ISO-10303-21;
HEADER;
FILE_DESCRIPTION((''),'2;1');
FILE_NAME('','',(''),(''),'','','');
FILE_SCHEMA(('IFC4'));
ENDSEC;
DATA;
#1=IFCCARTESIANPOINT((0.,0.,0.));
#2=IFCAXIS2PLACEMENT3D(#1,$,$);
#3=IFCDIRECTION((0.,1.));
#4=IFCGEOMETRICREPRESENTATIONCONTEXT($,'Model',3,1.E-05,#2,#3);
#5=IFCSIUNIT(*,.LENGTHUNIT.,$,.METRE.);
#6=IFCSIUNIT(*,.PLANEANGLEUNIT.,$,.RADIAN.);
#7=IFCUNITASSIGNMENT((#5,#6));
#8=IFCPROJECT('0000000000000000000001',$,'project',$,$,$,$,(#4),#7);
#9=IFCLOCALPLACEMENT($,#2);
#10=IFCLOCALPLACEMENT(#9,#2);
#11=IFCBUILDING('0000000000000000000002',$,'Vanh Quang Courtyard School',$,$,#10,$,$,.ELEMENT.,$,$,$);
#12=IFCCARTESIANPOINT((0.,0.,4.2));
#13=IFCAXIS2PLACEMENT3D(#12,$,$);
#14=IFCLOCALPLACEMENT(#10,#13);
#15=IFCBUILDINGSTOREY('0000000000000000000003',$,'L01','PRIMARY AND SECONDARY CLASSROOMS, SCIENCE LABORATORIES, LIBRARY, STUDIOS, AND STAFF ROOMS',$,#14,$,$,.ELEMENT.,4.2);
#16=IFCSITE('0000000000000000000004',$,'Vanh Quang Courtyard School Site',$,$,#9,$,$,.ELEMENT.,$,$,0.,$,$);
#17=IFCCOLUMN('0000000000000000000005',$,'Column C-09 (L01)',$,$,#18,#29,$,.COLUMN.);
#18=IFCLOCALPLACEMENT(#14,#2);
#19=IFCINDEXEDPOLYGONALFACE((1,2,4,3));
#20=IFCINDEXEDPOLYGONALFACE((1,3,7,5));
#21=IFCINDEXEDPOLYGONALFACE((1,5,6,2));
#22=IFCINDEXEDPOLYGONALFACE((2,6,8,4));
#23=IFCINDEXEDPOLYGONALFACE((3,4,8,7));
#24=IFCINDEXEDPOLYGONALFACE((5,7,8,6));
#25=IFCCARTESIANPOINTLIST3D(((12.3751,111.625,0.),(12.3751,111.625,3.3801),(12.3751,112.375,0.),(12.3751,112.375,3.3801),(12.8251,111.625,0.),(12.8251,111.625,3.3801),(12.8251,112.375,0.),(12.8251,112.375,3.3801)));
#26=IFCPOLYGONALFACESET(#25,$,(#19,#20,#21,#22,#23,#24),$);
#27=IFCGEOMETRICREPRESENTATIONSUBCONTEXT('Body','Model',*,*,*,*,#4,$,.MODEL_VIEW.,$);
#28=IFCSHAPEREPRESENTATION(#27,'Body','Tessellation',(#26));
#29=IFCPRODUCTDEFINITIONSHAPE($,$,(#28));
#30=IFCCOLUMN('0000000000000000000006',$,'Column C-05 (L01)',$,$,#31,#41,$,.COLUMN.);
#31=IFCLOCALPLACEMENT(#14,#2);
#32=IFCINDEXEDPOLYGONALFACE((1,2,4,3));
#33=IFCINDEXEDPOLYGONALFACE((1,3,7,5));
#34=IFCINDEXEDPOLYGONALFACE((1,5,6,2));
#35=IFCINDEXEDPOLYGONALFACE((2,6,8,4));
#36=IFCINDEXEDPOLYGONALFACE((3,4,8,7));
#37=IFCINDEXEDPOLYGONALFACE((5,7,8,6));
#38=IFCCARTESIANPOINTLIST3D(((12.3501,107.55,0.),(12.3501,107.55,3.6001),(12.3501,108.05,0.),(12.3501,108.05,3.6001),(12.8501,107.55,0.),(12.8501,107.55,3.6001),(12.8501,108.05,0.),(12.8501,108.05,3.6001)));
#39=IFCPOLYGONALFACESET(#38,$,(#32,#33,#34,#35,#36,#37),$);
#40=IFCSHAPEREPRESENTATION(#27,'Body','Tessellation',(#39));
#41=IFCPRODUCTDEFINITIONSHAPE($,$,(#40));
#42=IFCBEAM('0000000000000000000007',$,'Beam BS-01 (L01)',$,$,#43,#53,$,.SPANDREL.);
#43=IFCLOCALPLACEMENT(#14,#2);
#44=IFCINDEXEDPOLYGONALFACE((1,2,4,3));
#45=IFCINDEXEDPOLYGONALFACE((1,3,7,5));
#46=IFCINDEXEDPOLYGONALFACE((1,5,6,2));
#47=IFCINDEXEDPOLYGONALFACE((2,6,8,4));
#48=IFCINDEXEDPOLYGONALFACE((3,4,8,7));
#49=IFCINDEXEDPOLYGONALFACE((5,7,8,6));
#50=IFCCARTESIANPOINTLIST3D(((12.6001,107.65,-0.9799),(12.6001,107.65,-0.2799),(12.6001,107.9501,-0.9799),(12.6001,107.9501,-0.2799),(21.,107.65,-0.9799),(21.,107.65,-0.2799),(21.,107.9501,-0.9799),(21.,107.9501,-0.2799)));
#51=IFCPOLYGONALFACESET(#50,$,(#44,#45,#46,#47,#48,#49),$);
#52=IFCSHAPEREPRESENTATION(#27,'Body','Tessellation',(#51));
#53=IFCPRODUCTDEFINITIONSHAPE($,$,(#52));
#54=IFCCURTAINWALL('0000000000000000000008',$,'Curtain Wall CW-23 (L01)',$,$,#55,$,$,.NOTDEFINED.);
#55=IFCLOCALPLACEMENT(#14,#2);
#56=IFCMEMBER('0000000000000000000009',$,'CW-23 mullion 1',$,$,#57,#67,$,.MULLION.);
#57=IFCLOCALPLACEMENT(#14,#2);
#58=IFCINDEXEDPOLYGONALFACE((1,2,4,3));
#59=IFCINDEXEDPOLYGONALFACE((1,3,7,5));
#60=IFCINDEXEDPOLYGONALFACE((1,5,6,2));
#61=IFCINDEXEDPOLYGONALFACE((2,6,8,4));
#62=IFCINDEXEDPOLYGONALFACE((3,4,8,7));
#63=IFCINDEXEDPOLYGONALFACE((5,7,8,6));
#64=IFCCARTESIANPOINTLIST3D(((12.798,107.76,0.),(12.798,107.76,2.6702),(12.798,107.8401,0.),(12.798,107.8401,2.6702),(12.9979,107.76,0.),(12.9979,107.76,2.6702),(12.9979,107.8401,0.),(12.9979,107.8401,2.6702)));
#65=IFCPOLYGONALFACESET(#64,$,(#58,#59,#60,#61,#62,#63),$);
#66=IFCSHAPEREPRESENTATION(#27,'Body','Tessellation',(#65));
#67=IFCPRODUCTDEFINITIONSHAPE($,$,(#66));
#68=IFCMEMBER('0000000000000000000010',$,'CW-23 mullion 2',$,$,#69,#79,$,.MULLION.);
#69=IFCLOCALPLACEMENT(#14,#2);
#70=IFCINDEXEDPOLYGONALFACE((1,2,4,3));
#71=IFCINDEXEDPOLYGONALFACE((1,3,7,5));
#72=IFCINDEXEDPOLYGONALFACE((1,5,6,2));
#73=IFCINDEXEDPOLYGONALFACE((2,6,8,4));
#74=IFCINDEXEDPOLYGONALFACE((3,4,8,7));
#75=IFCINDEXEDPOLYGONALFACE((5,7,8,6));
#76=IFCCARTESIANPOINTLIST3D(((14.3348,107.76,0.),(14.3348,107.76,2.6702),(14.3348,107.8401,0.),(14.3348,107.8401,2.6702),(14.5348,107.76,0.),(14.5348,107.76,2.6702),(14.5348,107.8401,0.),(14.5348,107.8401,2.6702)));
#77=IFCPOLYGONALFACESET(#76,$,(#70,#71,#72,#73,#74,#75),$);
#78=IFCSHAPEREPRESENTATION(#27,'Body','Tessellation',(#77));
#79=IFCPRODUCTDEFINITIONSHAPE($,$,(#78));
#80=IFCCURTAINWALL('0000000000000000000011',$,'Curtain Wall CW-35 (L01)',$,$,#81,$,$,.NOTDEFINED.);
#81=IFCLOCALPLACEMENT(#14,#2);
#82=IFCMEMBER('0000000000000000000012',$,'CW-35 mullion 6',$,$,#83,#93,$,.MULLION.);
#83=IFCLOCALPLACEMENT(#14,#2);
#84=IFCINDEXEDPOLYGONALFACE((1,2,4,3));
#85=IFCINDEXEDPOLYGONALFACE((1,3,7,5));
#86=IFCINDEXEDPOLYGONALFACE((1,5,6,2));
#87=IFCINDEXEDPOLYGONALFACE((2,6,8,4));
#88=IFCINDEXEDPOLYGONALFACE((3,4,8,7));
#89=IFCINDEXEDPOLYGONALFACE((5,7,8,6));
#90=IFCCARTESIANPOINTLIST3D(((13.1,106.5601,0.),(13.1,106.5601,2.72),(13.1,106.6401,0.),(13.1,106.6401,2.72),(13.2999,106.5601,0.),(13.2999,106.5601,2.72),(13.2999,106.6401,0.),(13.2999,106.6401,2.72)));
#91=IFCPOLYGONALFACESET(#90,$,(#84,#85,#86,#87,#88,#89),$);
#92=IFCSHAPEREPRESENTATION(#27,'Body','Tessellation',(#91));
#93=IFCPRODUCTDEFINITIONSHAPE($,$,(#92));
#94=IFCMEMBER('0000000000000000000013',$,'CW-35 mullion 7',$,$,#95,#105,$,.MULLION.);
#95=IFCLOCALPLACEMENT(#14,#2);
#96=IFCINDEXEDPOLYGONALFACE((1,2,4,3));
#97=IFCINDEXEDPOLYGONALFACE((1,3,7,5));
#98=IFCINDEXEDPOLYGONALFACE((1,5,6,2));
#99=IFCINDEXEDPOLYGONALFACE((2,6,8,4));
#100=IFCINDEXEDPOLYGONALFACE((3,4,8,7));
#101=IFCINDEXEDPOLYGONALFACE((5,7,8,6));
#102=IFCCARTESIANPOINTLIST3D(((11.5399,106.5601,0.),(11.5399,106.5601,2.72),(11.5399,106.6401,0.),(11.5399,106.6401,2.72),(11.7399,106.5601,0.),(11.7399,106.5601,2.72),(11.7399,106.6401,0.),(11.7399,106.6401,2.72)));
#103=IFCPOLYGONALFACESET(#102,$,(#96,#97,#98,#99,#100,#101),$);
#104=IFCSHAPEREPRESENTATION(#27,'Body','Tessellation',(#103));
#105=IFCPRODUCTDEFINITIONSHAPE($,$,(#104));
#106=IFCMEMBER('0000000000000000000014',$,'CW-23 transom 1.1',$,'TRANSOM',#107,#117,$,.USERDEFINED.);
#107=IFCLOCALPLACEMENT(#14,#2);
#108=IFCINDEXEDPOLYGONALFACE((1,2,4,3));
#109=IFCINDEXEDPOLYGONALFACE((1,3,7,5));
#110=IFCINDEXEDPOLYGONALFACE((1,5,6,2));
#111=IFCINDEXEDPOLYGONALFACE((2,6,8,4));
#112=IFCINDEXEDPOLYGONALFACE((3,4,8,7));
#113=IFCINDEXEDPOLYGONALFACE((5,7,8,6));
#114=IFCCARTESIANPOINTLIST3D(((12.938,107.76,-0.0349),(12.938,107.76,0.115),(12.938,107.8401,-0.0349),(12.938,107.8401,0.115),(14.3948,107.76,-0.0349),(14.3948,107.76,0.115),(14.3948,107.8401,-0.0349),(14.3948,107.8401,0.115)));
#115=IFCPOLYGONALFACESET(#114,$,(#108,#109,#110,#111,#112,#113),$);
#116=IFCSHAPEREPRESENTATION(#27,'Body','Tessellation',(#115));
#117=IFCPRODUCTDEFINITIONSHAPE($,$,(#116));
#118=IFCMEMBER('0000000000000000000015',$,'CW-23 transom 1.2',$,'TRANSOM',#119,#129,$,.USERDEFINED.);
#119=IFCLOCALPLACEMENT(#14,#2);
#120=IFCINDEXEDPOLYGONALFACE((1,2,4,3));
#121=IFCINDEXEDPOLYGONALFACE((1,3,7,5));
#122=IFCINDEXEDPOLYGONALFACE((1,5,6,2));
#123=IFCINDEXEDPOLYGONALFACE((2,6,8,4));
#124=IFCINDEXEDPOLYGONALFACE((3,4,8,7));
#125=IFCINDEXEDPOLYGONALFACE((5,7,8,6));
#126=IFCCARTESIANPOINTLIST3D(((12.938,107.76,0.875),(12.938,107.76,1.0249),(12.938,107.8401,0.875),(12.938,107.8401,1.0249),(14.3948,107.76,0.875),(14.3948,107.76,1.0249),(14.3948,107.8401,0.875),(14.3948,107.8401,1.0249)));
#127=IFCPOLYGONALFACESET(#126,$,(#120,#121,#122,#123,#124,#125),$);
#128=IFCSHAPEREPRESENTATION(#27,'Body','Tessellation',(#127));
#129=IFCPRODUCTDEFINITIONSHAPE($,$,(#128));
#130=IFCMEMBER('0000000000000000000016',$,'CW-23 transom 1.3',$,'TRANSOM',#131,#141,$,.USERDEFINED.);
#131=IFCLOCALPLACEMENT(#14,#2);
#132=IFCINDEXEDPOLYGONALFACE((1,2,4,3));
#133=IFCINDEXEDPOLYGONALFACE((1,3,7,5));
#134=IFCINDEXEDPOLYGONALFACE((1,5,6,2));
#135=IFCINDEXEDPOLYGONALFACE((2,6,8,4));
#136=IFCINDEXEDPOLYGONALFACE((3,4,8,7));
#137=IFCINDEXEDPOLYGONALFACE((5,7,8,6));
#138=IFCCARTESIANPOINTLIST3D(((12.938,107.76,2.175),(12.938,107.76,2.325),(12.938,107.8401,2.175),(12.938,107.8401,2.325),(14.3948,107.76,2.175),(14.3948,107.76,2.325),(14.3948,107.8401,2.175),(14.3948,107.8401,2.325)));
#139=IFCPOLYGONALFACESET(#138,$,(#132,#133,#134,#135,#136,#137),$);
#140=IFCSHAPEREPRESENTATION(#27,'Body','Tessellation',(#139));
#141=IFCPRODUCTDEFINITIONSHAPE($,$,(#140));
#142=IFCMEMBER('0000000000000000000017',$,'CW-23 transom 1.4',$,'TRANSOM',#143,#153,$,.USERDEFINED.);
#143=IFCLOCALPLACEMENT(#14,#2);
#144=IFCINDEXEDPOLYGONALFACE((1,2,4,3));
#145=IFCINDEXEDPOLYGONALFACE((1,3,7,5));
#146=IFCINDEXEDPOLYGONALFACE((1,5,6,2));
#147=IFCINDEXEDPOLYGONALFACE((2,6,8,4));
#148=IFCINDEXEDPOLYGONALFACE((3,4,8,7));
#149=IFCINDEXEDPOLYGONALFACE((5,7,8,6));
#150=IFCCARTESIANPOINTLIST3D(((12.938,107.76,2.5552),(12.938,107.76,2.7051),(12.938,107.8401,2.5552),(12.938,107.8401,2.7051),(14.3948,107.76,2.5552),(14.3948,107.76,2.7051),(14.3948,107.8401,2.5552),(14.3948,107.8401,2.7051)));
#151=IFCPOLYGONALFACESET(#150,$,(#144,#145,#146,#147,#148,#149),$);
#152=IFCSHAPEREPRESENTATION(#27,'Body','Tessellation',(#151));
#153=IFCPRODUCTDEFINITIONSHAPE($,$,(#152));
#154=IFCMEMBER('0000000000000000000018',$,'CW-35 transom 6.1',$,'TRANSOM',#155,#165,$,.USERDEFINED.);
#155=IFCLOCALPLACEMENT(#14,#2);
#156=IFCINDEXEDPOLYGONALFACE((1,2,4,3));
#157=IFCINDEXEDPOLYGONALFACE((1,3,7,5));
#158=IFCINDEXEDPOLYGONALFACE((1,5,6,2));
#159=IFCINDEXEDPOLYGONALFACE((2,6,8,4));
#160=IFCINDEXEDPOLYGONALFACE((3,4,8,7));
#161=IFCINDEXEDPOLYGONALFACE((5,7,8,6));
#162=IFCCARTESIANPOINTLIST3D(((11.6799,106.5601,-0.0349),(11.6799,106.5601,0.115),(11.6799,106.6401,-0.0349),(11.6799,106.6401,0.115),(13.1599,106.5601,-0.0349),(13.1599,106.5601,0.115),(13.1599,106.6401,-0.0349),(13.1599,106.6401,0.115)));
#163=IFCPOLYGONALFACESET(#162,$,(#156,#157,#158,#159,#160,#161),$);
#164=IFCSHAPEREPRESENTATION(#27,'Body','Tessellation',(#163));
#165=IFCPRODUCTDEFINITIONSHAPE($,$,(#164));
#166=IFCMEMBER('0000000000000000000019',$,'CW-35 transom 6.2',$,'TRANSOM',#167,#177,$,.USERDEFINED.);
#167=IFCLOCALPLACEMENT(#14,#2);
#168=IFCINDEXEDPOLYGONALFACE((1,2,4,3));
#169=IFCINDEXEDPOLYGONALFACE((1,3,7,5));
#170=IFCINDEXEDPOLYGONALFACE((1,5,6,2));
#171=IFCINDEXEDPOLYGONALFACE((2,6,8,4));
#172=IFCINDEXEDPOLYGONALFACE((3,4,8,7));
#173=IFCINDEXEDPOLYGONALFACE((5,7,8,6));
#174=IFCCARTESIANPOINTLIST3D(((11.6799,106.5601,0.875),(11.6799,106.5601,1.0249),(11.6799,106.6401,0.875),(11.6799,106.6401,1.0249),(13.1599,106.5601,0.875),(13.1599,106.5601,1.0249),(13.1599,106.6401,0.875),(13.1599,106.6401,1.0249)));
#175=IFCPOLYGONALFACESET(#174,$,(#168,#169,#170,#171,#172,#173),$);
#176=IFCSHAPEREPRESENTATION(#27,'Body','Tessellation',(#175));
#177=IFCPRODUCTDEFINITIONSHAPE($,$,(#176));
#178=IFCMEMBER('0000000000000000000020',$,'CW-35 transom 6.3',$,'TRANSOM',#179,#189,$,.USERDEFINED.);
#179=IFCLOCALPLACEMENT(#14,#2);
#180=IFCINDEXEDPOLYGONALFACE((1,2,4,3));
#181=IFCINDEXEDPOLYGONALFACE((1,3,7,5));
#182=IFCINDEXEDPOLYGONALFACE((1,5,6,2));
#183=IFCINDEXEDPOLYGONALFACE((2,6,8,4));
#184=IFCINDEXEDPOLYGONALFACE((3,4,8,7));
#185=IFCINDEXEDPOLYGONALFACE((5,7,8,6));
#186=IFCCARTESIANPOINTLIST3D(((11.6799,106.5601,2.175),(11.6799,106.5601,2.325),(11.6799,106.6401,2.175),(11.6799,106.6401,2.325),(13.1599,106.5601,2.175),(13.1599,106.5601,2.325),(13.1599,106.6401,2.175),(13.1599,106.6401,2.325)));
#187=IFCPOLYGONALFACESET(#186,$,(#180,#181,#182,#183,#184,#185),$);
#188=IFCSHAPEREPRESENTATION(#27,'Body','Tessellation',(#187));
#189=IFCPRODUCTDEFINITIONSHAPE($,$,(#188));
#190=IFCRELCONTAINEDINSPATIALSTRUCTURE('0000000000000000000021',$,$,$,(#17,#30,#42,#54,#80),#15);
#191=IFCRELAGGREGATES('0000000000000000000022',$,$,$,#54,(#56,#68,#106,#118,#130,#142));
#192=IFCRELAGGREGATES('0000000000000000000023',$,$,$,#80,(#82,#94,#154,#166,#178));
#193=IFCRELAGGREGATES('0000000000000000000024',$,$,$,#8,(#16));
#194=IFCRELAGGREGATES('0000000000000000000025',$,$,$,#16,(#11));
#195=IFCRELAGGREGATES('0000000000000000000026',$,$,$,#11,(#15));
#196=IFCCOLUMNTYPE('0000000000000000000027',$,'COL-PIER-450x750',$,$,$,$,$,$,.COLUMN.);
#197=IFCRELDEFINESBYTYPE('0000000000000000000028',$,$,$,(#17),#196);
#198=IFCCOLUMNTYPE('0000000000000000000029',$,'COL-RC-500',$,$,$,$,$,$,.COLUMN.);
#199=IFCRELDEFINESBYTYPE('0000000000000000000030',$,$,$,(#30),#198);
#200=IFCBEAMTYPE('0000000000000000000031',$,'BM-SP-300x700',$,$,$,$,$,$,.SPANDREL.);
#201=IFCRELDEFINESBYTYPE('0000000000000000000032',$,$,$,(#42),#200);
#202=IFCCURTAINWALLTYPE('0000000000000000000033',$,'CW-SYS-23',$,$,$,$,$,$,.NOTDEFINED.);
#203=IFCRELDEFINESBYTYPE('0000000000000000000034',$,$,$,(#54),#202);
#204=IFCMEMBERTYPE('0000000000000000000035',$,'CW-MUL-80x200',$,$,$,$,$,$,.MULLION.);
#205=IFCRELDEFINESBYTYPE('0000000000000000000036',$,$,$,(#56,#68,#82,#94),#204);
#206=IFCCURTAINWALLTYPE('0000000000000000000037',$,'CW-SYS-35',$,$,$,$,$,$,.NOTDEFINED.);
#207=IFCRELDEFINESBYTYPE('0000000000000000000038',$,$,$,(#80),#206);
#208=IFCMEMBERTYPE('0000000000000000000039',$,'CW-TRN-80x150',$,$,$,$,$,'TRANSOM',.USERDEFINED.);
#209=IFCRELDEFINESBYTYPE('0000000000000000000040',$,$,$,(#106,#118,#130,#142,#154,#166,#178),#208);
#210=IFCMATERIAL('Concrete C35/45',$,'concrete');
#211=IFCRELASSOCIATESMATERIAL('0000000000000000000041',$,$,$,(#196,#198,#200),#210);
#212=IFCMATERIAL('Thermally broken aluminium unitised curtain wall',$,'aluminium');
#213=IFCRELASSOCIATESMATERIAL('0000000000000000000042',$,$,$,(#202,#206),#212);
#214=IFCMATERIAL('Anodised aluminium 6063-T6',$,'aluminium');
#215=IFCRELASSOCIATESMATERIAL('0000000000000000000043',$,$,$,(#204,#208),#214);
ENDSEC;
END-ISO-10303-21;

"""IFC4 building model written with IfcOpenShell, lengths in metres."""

from ifc_helpers import new_model, si_unit, direction, frame, origin, origin_2d, place, context, subcontext, project, spatial, rectangle, extrude, material, material_profile, profile_set, type_object, element, aggregate, save


model = new_model("IFC4")

# Units and contexts
model_context = context("Model", 3, precision=1e-05, world=origin(), true_north=direction((0.0, 1.0)))
body_context = subcontext(model_context, "Body", "Model", "MODEL_VIEW")
ifc_project = project(units=[si_unit("LENGTHUNIT", "METRE"), si_unit("PLANEANGLEUNIT", "RADIAN")], contexts=[model_context])

# Site, building, storey
site_placement = place(None, origin())
site = spatial("IfcSite", under=ifc_project, at=site_placement, Name="Vanh Quang Courtyard School Site", CompositionType="ELEMENT", RefElevation=0.0)
building_placement = place(site_placement, origin())
building = spatial("IfcBuilding", under=site, at=building_placement, Name="Vanh Quang Courtyard School", CompositionType="ELEMENT")
storey_placement = place(building_placement, frame((0.0, 0.0, 4.2)))
storey = spatial("IfcBuildingStorey", under=building, at=storey_placement, Name="L01", Description="PRIMARY AND SECONDARY CLASSROOMS, SCIENCE LABORATORIES, LIBRARY, STUDIOS, AND STAFF ROOMS", CompositionType="ELEMENT", Elevation=4.2)

# Columns
ifc_material_1 = material(Name="Concrete C35/45", Category="concrete")
ifc_material_profile_1 = material_profile(ifc_material_1, rectangle(XDim=0.45, YDim=0.75, at=origin_2d()), Name="RC-PIER 450x750")
ifc_profile_set_1 = profile_set([ifc_material_profile_1], Name="Concrete C35/45")
column_type_1 = type_object("IfcColumnType", Name="COL-PIER-450x750", PredefinedType="COLUMN", material=ifc_profile_set_1)
column_1_placement = place(storey_placement, frame((12.6001, 112.0, 0.0), z_axis=(0.0, 0.0, 1.0), x_axis=(1.0, 0.0, 0.0)))
element("IfcColumn", 1, at=column_1_placement, inside=storey, type_object=column_type_1, Name="Column C-09 (L01)", PredefinedType="COLUMN", context=body_context, shape_type="SweptSolid", body=[
    extrude(rectangle(XDim=0.45, YDim=0.75, at=origin_2d()), origin(), (0.0, 0.0, 1.0), 3.3801),
])
ifc_material_profile_2 = material_profile(ifc_material_1, rectangle(XDim=0.5, YDim=0.5, at=origin_2d()), Name="RC-COL 500x500")
ifc_profile_set_2 = profile_set([ifc_material_profile_2], Name="Concrete C35/45")
column_type_2 = type_object("IfcColumnType", Name="COL-RC-500", PredefinedType="COLUMN", material=ifc_profile_set_2)
column_2_placement = place(storey_placement, frame((12.6001, 107.8, 0.0), z_axis=(0.0, 0.0, 1.0), x_axis=(1.0, 0.0, 0.0)))
element("IfcColumn", 2, at=column_2_placement, inside=storey, type_object=column_type_2, Name="Column C-05 (L01)", PredefinedType="COLUMN", context=body_context, shape_type="SweptSolid", body=[
    extrude(rectangle(XDim=0.5, YDim=0.5, at=origin_2d()), origin(), (0.0, 0.0, 1.0), 3.6001),
])

# Beam
ifc_material_profile_3 = material_profile(ifc_material_1, rectangle(XDim=0.3, YDim=0.7, at=origin_2d()), Name="RC-SP 300x700")
ifc_profile_set_3 = profile_set([ifc_material_profile_3], Name="Concrete C35/45")
beam_type = type_object("IfcBeamType", Name="BM-SP-300x700", PredefinedType="SPANDREL", material=ifc_profile_set_3)
beam_placement = place(storey_placement, frame((12.6001, 107.8, -0.6299), z_axis=(1.0, 0.0, 0.0), x_axis=(0.0, 1.0, 0.0)))
element("IfcBeam", 3, at=beam_placement, inside=storey, type_object=beam_type, Name="Beam BS-01 (L01)", PredefinedType="SPANDREL", context=body_context, shape_type="SweptSolid", body=[
    extrude(rectangle(XDim=0.3, YDim=0.7, at=origin_2d()), origin(), (0.0, 0.0, 1.0), 8.3999),
])

# Curtain walls, members
ifc_material_2 = material(Name="Thermally broken aluminium unitised curtain wall", Category="aluminium")
curtain_wall_type_1 = type_object("IfcCurtainWallType", Name="CW-SYS-23", PredefinedType="NOTDEFINED", material=ifc_material_2)
curtain_wall_1_placement = place(storey_placement, origin())
curtain_wall_1 = element("IfcCurtainWall", 4, at=curtain_wall_1_placement, inside=storey, type_object=curtain_wall_type_1, Name="Curtain Wall CW-23 (L01)", PredefinedType="NOTDEFINED")
ifc_material_3 = material(Name="Anodised aluminium 6063-T6", Category="aluminium")
ifc_material_profile_4 = material_profile(ifc_material_3, rectangle(XDim=0.0801, YDim=0.2, at=origin_2d()), Name="ALU-MUL 80x200")
ifc_profile_set_4 = profile_set([ifc_material_profile_4], Name="Anodised aluminium 6063-T6")
member_type_1 = type_object("IfcMemberType", Name="CW-MUL-80x200", PredefinedType="MULLION", material=ifc_profile_set_4)
member_1_placement = place(storey_placement, frame((12.8979, 107.8, 0.0), z_axis=(0.0, 0.0, 1.0), x_axis=(0.0, 1.0, 0.0)))
member_1 = element("IfcMember", 5, at=member_1_placement, type_object=member_type_1, Name="CW-23 mullion 1", PredefinedType="MULLION", context=body_context, shape_type="SweptSolid", body=[
    extrude(rectangle(XDim=0.0801, YDim=0.2, at=origin_2d()), origin(), (0.0, 0.0, 1.0), 2.6702),
])
member_2_placement = place(storey_placement, frame((14.4348, 107.8, 0.0), z_axis=(0.0, 0.0, 1.0), x_axis=(0.0, 1.0, 0.0)))
member_2 = element("IfcMember", 6, at=member_2_placement, type_object=member_type_1, Name="CW-23 mullion 2", PredefinedType="MULLION", context=body_context, shape_type="SweptSolid", body=[
    extrude(rectangle(XDim=0.0801, YDim=0.2, at=origin_2d()), origin(), (0.0, 0.0, 1.0), 2.6702),
])
curtain_wall_type_2 = type_object("IfcCurtainWallType", Name="CW-SYS-35", PredefinedType="NOTDEFINED", material=ifc_material_2)
curtain_wall_2_placement = place(storey_placement, origin())
curtain_wall_2 = element("IfcCurtainWall", 7, at=curtain_wall_2_placement, inside=storey, type_object=curtain_wall_type_2, Name="Curtain Wall CW-35 (L01)", PredefinedType="NOTDEFINED")
member_3_placement = place(storey_placement, frame((13.2, 106.6001, 0.0), z_axis=(0.0, 0.0, 1.0), x_axis=(0.0, -1.0, 0.0)))
member_3 = element("IfcMember", 8, at=member_3_placement, type_object=member_type_1, Name="CW-35 mullion 6", PredefinedType="MULLION", context=body_context, shape_type="SweptSolid", body=[
    extrude(rectangle(XDim=0.0801, YDim=0.2, at=origin_2d()), origin(), (0.0, 0.0, 1.0), 2.72),
])
member_4_placement = place(storey_placement, frame((11.6399, 106.6001, 0.0), z_axis=(0.0, 0.0, 1.0), x_axis=(0.0, -1.0, 0.0)))
member_4 = element("IfcMember", 9, at=member_4_placement, type_object=member_type_1, Name="CW-35 mullion 7", PredefinedType="MULLION", context=body_context, shape_type="SweptSolid", body=[
    extrude(rectangle(XDim=0.0801, YDim=0.2, at=origin_2d()), origin(), (0.0, 0.0, 1.0), 2.72),
])

# Members
ifc_material_profile_5 = material_profile(ifc_material_3, rectangle(XDim=0.0801, YDim=0.1499, at=origin_2d()), Name="ALU-TRN 80x150")
ifc_profile_set_5 = profile_set([ifc_material_profile_5], Name="Anodised aluminium 6063-T6")
member_type_2 = type_object("IfcMemberType", Name="CW-TRN-80x150", ElementType="TRANSOM", PredefinedType="USERDEFINED", material=ifc_profile_set_5)
member_5_placement = place(storey_placement, frame((12.938, 107.8, 0.04), z_axis=(1.0, 0.0, 0.0), x_axis=(0.0, 1.0, 0.0)))
member_5 = element("IfcMember", 10, at=member_5_placement, type_object=member_type_2, Name="CW-23 transom 1.1", ObjectType="TRANSOM", PredefinedType="USERDEFINED", context=body_context, shape_type="SweptSolid", body=[
    extrude(rectangle(XDim=0.0801, YDim=0.1499, at=origin_2d()), origin(), (0.0, 0.0, 1.0), 1.4568),
])
member_6_placement = place(storey_placement, frame((12.938, 107.8, 0.95), z_axis=(1.0, 0.0, 0.0), x_axis=(0.0, 1.0, 0.0)))
member_6 = element("IfcMember", 11, at=member_6_placement, type_object=member_type_2, Name="CW-23 transom 1.2", ObjectType="TRANSOM", PredefinedType="USERDEFINED", context=body_context, shape_type="SweptSolid", body=[
    extrude(rectangle(XDim=0.0801, YDim=0.1499, at=origin_2d()), origin(), (0.0, 0.0, 1.0), 1.4568),
])
member_7_placement = place(storey_placement, frame((12.938, 107.8, 2.25), z_axis=(1.0, 0.0, 0.0), x_axis=(0.0, 1.0, 0.0)))
member_7 = element("IfcMember", 12, at=member_7_placement, type_object=member_type_2, Name="CW-23 transom 1.3", ObjectType="TRANSOM", PredefinedType="USERDEFINED", context=body_context, shape_type="SweptSolid", body=[
    extrude(rectangle(XDim=0.0801, YDim=0.1499, at=origin_2d()), origin(), (0.0, 0.0, 1.0), 1.4568),
])
member_8_placement = place(storey_placement, frame((12.938, 107.8, 2.6301), z_axis=(1.0, 0.0, 0.0), x_axis=(0.0, 1.0, 0.0)))
member_8 = element("IfcMember", 13, at=member_8_placement, type_object=member_type_2, Name="CW-23 transom 1.4", ObjectType="TRANSOM", PredefinedType="USERDEFINED", context=body_context, shape_type="SweptSolid", body=[
    extrude(rectangle(XDim=0.0801, YDim=0.1499, at=origin_2d()), origin(), (0.0, 0.0, 1.0), 1.4568),
])
member_9_placement = place(storey_placement, frame((13.1599, 106.6001, 0.04), z_axis=(-1.0, 0.0, 0.0), x_axis=(0.0, -1.0, 0.0)))
member_9 = element("IfcMember", 14, at=member_9_placement, type_object=member_type_2, Name="CW-35 transom 6.1", ObjectType="TRANSOM", PredefinedType="USERDEFINED", context=body_context, shape_type="SweptSolid", body=[
    extrude(rectangle(XDim=0.0801, YDim=0.1499, at=origin_2d()), origin(), (0.0, 0.0, 1.0), 1.48),
])
member_10_placement = place(storey_placement, frame((13.1599, 106.6001, 0.95), z_axis=(-1.0, 0.0, 0.0), x_axis=(0.0, -1.0, 0.0)))
member_10 = element("IfcMember", 15, at=member_10_placement, type_object=member_type_2, Name="CW-35 transom 6.2", ObjectType="TRANSOM", PredefinedType="USERDEFINED", context=body_context, shape_type="SweptSolid", body=[
    extrude(rectangle(XDim=0.0801, YDim=0.1499, at=origin_2d()), origin(), (0.0, 0.0, 1.0), 1.48),
])
member_11_placement = place(storey_placement, frame((13.1599, 106.6001, 2.25), z_axis=(-1.0, 0.0, 0.0), x_axis=(0.0, -1.0, 0.0)))
member_11 = element("IfcMember", 16, at=member_11_placement, type_object=member_type_2, Name="CW-35 transom 6.3", ObjectType="TRANSOM", PredefinedType="USERDEFINED", context=body_context, shape_type="SweptSolid", body=[
    extrude(rectangle(XDim=0.0801, YDim=0.1499, at=origin_2d()), origin(), (0.0, 0.0, 1.0), 1.48),
])

aggregate(curtain_wall_1, [member_1, member_2, member_5, member_6, member_7, member_8])
aggregate(curtain_wall_2, [member_3, member_4, member_9, member_10, member_11])

save(model, "model.ifc")
